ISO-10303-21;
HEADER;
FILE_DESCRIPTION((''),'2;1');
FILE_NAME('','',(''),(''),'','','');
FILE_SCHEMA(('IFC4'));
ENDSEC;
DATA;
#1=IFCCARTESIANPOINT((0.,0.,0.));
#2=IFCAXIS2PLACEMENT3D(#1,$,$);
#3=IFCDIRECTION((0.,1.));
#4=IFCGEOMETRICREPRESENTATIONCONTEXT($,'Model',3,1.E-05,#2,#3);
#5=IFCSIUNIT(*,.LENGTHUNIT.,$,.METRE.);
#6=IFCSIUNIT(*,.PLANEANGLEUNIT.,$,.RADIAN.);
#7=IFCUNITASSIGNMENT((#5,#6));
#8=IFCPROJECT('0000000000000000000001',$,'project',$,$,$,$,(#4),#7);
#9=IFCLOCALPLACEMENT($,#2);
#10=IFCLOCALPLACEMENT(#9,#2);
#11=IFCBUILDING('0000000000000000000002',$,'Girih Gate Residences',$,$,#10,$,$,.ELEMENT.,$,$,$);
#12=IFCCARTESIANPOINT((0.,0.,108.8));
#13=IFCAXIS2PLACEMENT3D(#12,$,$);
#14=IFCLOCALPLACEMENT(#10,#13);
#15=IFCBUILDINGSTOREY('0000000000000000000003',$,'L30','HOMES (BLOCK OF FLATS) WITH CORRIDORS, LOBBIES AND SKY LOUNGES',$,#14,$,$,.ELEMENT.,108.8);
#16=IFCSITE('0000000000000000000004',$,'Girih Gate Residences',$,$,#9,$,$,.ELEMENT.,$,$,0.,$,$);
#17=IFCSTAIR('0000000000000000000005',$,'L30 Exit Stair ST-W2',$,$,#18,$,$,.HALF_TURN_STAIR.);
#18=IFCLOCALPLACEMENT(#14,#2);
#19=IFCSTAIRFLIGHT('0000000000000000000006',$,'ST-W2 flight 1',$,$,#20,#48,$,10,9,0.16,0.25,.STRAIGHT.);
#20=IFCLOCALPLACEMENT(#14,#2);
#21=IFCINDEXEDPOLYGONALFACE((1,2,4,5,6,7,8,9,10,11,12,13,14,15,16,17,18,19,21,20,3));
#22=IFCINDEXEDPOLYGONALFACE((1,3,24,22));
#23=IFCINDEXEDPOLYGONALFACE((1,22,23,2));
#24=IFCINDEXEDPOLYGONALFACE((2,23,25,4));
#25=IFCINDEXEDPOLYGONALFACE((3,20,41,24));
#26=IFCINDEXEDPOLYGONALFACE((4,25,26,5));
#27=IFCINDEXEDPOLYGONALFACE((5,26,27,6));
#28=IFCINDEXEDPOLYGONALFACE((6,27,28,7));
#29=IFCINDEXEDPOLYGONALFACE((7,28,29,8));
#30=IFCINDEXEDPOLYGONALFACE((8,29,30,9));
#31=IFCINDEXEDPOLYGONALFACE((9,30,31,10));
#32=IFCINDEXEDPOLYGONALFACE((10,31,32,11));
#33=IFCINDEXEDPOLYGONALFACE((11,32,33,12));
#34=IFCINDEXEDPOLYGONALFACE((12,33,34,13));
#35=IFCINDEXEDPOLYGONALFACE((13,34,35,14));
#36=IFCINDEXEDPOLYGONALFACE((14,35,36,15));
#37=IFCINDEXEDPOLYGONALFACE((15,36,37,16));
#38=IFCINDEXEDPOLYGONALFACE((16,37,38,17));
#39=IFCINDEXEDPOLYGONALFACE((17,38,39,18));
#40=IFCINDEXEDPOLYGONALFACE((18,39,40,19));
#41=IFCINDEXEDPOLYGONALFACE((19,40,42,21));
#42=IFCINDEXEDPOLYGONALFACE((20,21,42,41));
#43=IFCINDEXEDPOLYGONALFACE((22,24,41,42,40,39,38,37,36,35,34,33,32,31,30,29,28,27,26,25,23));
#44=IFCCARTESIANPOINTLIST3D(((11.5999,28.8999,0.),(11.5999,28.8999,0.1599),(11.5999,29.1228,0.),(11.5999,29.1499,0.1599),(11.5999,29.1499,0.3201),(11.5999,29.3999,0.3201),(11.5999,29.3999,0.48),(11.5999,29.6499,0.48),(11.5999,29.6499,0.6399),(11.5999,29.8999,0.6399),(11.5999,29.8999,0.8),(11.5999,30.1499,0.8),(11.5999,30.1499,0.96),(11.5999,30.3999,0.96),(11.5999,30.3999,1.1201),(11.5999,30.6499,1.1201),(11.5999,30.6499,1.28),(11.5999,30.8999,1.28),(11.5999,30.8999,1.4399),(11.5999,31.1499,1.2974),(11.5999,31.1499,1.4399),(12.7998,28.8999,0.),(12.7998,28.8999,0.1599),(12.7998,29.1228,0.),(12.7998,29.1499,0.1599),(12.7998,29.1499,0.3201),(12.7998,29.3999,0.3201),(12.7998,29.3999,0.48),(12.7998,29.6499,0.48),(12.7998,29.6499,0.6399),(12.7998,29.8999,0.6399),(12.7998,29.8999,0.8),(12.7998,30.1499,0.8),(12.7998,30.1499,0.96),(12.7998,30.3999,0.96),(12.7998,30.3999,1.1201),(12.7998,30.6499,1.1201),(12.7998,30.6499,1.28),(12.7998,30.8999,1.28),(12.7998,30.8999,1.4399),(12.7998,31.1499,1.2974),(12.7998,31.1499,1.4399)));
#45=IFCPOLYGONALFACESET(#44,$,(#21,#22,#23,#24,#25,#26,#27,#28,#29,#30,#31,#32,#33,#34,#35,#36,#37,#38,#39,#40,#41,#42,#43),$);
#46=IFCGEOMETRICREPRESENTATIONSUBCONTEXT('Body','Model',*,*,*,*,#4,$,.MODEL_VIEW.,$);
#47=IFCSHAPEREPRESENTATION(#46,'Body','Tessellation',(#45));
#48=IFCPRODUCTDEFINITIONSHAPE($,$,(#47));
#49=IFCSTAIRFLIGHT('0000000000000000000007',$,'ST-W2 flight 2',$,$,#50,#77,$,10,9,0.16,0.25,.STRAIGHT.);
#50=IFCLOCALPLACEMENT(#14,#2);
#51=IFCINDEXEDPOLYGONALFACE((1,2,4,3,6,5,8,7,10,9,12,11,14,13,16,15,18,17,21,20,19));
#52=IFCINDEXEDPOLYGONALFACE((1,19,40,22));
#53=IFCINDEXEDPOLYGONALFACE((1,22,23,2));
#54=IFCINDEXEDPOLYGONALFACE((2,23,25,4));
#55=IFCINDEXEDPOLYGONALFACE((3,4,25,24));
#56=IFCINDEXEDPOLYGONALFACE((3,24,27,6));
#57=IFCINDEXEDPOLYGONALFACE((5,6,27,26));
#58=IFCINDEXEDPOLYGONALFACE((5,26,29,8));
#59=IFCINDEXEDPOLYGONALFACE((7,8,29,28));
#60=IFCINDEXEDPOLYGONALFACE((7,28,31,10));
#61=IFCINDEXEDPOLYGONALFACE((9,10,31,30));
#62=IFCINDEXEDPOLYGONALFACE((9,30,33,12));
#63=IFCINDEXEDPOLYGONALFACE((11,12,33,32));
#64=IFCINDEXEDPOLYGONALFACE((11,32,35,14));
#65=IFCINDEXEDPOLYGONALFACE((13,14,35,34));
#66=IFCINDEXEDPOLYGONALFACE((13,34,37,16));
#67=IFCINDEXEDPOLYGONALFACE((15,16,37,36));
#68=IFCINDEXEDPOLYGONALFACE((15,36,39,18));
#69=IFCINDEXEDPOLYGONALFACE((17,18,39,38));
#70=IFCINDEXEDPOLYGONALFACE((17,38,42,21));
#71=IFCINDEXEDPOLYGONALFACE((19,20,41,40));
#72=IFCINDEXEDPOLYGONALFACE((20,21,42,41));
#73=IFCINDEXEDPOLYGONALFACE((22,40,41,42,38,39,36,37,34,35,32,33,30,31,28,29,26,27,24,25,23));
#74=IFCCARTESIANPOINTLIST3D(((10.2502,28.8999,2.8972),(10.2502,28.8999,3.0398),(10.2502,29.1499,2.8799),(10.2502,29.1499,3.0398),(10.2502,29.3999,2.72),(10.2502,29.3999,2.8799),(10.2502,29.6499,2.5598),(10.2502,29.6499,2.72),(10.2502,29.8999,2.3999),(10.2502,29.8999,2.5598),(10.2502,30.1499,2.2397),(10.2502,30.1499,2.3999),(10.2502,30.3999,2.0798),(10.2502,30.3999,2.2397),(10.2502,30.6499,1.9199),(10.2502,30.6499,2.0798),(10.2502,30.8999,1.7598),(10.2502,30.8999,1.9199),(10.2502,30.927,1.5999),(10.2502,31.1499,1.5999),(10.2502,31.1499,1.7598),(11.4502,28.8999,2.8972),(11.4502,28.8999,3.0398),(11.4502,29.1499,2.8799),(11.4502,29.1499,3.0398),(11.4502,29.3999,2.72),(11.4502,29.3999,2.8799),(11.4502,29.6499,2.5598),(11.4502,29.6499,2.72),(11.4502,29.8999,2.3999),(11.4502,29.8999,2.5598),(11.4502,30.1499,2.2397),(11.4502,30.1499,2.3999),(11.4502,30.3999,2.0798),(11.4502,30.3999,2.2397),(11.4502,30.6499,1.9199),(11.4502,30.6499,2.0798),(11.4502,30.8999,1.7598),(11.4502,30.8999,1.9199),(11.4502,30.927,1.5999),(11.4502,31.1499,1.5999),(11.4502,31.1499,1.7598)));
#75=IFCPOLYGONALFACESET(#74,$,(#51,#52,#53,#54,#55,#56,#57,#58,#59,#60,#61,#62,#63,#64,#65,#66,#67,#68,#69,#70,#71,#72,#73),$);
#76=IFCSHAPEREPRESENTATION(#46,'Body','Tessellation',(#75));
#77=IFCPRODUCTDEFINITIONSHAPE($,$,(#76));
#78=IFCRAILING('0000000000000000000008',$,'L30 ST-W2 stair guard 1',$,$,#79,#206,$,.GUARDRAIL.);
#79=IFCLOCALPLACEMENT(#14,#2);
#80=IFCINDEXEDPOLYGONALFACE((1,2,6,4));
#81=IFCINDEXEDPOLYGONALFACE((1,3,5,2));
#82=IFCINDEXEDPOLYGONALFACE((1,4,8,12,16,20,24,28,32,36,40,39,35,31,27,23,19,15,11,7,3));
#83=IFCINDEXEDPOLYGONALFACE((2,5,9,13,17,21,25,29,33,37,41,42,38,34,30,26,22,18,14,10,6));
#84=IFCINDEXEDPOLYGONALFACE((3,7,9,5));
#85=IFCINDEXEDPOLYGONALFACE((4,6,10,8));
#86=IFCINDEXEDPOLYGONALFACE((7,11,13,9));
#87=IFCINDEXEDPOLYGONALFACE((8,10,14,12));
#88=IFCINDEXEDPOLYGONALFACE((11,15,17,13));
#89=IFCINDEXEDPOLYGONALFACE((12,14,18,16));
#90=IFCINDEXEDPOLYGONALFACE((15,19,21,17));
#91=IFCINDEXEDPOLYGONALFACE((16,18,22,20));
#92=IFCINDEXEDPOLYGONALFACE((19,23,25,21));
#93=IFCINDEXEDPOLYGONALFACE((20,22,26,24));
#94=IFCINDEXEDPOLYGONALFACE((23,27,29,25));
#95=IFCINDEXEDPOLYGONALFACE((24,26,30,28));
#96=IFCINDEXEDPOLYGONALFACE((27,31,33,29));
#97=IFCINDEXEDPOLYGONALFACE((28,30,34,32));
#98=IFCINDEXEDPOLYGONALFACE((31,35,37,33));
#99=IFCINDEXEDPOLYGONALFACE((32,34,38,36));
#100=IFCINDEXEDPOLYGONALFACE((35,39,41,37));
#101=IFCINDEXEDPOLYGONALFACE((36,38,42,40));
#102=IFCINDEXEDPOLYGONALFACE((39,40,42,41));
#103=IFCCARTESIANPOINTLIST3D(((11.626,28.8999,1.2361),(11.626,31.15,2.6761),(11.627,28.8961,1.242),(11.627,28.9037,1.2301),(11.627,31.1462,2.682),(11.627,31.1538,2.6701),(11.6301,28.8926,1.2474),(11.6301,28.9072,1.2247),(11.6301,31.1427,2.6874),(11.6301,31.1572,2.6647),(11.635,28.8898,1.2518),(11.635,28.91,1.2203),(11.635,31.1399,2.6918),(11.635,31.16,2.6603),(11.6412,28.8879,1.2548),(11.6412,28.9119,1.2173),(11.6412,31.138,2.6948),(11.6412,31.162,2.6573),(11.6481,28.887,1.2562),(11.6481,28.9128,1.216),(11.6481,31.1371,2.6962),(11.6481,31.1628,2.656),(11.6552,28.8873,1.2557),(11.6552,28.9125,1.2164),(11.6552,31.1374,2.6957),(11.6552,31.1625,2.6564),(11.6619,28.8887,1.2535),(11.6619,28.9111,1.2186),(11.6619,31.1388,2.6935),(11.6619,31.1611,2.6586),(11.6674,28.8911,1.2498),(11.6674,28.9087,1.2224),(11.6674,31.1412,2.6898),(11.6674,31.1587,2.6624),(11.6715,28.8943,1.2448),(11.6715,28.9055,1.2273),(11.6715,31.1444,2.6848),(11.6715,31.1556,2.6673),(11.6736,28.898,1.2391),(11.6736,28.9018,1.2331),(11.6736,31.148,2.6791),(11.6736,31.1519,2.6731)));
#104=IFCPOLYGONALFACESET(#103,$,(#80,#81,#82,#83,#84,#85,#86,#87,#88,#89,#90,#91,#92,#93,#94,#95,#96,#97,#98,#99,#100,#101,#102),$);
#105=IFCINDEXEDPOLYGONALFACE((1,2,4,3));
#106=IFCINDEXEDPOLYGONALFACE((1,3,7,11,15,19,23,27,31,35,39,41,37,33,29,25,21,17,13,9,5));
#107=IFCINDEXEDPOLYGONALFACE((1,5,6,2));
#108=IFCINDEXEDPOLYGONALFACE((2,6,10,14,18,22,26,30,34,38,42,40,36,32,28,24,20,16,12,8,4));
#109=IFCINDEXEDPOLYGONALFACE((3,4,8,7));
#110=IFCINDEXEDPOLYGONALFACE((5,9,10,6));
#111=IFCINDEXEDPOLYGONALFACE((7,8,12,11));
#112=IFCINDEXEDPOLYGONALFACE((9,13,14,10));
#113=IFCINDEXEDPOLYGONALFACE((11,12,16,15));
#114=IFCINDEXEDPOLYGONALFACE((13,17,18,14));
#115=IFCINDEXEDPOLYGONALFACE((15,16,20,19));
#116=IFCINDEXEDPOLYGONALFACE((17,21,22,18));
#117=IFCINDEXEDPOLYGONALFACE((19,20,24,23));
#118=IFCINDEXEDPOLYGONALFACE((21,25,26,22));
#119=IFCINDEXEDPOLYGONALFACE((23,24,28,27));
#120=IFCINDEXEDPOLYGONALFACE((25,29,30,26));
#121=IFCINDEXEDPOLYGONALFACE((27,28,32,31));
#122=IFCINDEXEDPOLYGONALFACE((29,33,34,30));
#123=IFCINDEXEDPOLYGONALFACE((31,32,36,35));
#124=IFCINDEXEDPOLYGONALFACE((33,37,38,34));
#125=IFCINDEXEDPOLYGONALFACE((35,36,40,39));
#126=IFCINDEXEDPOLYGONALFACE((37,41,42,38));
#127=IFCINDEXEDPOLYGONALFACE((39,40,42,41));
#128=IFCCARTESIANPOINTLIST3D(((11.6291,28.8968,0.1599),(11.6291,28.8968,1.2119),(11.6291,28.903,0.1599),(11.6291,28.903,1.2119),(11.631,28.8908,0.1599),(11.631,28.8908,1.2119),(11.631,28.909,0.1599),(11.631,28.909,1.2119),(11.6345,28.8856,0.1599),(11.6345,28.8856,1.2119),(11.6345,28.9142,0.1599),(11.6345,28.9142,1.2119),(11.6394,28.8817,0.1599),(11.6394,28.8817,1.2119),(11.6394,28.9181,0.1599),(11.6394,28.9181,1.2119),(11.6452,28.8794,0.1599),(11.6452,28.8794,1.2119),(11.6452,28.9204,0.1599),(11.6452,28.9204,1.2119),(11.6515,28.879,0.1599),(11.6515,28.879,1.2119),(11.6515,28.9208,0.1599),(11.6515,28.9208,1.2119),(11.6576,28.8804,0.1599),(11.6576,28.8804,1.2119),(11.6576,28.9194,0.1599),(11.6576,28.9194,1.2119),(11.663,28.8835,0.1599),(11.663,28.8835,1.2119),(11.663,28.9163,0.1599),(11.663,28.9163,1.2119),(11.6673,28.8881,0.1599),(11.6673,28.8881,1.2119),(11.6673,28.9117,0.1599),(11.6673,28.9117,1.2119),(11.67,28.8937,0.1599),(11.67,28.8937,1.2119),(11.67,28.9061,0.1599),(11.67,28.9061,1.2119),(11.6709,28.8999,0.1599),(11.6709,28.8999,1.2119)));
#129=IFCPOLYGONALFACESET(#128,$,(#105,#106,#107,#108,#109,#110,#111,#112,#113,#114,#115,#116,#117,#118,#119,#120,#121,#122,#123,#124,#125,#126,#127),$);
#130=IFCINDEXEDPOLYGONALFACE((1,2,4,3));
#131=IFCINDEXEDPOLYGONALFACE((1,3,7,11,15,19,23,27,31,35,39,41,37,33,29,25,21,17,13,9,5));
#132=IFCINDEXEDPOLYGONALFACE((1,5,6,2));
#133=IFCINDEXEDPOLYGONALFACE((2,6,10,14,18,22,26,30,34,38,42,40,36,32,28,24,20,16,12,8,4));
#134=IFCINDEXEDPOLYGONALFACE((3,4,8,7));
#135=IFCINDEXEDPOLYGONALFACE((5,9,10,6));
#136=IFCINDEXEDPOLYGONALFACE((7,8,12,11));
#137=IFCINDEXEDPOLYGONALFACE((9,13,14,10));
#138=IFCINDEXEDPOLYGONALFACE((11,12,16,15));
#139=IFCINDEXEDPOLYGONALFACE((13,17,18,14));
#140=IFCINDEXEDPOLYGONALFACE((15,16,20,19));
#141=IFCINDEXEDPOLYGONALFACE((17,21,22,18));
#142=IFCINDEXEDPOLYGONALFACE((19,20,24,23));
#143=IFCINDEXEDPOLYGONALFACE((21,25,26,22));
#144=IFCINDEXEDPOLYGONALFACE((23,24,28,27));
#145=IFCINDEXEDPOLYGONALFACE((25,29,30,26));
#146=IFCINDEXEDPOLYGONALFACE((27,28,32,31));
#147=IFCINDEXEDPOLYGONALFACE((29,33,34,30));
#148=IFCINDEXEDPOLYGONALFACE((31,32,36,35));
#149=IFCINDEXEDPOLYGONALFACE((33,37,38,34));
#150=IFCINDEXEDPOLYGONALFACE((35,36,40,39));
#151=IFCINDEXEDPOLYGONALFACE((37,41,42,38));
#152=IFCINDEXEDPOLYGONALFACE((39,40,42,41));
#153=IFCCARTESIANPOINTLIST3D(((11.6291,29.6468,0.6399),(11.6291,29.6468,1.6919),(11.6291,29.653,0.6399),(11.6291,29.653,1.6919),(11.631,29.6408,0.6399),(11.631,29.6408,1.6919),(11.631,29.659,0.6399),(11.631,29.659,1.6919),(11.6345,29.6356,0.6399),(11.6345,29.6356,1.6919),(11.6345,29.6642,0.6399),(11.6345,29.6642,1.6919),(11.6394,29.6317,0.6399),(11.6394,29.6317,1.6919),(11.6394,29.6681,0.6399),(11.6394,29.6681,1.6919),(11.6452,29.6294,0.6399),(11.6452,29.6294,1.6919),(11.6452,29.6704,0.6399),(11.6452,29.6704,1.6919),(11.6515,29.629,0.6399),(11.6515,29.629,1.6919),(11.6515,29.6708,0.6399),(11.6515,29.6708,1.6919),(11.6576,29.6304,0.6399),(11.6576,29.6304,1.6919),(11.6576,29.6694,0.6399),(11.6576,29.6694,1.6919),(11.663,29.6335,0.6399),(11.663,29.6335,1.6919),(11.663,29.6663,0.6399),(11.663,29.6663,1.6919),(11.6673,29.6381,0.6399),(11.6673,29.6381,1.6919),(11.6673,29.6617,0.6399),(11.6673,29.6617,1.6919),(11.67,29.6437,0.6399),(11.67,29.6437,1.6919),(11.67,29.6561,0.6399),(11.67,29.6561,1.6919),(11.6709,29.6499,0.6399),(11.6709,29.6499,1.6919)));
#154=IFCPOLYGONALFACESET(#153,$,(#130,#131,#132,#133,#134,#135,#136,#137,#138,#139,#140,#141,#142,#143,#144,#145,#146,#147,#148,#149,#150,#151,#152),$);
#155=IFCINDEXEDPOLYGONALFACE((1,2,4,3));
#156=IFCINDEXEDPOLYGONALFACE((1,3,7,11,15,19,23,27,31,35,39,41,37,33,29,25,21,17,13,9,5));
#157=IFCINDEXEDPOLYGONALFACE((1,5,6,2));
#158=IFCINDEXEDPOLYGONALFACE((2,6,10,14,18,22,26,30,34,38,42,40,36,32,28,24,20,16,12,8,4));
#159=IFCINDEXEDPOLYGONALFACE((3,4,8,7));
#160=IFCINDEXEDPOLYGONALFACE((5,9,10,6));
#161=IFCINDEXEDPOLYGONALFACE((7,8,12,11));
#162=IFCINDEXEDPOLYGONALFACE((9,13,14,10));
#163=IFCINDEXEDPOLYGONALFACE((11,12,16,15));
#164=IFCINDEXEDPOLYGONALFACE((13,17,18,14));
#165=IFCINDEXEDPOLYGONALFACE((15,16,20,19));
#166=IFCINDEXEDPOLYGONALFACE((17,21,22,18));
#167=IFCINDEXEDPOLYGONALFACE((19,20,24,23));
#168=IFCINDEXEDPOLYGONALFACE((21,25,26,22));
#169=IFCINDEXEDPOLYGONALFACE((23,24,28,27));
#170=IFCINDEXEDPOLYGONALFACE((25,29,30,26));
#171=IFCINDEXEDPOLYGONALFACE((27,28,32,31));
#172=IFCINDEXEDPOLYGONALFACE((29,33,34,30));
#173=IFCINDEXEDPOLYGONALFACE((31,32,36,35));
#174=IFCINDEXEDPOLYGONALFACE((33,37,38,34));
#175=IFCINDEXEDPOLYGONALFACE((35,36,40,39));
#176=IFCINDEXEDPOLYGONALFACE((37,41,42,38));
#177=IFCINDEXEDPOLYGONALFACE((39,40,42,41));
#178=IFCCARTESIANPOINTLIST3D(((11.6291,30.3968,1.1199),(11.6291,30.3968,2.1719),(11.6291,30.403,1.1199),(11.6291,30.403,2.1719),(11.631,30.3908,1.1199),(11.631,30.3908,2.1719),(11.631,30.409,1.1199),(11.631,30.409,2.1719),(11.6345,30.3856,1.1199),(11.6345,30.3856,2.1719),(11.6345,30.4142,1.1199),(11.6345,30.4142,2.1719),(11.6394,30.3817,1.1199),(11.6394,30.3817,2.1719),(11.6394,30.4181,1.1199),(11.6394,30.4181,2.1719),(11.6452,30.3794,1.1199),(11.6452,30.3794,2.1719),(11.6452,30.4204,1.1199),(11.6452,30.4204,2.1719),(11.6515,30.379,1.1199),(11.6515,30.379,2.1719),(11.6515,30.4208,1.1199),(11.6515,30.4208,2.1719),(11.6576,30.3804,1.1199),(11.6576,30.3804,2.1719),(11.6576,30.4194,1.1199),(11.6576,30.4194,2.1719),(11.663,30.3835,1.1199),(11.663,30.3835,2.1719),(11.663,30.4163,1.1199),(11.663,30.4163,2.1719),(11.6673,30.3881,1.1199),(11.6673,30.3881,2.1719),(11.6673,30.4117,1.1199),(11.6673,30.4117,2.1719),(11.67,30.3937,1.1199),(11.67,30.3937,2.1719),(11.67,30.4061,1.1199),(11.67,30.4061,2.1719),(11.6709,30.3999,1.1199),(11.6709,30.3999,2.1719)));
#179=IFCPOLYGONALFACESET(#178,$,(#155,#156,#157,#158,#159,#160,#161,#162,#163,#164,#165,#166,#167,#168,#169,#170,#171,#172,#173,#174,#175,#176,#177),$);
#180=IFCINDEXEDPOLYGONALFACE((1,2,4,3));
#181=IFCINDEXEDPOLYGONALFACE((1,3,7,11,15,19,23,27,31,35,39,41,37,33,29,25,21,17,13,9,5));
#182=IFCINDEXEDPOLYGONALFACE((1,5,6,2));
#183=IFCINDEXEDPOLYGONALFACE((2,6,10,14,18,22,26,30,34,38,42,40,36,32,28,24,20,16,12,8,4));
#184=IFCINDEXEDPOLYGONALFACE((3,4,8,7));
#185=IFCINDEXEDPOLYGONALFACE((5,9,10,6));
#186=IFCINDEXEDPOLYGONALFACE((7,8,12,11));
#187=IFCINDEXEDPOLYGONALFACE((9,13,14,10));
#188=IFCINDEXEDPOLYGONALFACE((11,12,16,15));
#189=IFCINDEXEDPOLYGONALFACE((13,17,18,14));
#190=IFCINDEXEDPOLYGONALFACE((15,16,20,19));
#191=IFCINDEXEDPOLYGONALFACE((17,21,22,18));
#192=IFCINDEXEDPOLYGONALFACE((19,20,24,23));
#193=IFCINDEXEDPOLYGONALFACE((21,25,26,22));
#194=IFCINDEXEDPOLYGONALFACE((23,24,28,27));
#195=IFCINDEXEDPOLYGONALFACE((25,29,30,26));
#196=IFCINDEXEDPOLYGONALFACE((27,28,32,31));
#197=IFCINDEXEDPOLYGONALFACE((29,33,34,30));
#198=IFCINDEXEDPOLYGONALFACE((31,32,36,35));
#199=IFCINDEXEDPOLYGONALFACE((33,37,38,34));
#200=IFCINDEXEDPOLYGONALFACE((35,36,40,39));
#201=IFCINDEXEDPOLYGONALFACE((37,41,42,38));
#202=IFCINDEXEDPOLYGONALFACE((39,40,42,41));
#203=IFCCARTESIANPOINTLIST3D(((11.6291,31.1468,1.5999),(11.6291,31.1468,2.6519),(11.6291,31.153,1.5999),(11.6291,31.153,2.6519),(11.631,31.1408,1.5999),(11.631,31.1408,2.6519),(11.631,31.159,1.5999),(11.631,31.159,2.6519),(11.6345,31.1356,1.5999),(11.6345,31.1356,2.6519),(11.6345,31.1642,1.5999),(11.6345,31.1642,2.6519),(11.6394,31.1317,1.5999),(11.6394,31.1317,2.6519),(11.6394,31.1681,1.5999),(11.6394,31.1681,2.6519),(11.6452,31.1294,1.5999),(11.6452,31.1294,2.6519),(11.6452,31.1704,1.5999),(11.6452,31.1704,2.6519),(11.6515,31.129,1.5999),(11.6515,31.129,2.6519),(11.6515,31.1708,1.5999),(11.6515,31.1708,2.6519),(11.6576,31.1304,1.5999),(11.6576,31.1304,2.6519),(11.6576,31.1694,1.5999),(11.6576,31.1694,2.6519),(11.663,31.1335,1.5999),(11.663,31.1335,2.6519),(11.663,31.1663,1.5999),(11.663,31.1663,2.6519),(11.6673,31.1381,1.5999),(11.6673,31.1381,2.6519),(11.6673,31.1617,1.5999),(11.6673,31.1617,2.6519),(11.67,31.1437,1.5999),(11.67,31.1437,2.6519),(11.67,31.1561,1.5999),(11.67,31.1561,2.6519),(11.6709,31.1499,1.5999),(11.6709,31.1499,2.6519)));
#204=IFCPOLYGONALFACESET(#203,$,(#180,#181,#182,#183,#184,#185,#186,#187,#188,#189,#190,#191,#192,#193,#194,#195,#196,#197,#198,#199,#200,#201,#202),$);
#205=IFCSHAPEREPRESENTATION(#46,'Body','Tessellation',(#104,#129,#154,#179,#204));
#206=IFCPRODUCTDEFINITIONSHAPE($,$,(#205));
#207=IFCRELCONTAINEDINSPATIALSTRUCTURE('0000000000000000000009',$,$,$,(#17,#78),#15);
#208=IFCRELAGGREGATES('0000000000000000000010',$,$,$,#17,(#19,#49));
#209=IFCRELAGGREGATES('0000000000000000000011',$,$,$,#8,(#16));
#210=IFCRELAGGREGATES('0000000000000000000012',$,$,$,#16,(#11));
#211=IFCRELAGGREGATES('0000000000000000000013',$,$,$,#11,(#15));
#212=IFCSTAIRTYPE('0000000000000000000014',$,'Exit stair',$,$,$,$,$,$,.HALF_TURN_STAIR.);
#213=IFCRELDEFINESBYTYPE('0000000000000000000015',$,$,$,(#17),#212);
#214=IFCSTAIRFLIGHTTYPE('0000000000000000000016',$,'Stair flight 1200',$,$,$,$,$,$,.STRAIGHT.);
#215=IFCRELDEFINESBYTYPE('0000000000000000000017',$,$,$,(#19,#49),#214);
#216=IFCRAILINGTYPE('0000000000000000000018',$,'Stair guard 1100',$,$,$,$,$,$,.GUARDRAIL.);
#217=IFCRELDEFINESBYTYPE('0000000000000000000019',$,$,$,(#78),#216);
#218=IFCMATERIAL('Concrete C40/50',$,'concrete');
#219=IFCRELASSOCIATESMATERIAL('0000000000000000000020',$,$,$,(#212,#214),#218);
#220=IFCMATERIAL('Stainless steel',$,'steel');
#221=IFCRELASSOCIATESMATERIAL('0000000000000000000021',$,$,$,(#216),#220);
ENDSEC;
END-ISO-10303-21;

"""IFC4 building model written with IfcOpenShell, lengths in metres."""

from ifc_helpers import new_model, si_unit, direction, frame, origin, origin_2d, place, context, subcontext, project, spatial, polyline, circle, outline, extrude, material, type_object, element, aggregate, save


model = new_model("IFC4")

# Units and contexts
model_context = context("Model", 3, precision=1e-05, world=origin(), true_north=direction((0.0, 1.0)))
body_context = subcontext(model_context, "Body", "Model", "MODEL_VIEW")
ifc_project = project(units=[si_unit("LENGTHUNIT", "METRE"), si_unit("PLANEANGLEUNIT", "RADIAN")], contexts=[model_context])

# Site, building, storey
site_placement = place(None, origin())
site = spatial("IfcSite", under=ifc_project, at=site_placement, Name="Girih Gate Residences", CompositionType="ELEMENT", RefElevation=0.0)
building_placement = place(site_placement, origin())
building = spatial("IfcBuilding", under=site, at=building_placement, Name="Girih Gate Residences", CompositionType="ELEMENT")
storey_placement = place(building_placement, frame((0.0, 0.0, 108.8)))
storey = spatial("IfcBuildingStorey", under=building, at=storey_placement, Name="L30", Description="HOMES (BLOCK OF FLATS) WITH CORRIDORS, LOBBIES AND SKY LOUNGES", CompositionType="ELEMENT", Elevation=108.8)

# Shared definitions
ifc_material_1 = material(Name="Concrete C40/50", Category="concrete")

# Stair, stair flights
stair_type = type_object("IfcStairType", Name="Exit stair", PredefinedType="HALF_TURN_STAIR", material=ifc_material_1)
stair_placement = place(storey_placement, origin())
stair = element("IfcStair", 1, at=stair_placement, inside=storey, type_object=stair_type, Name="L30 Exit Stair ST-W2", PredefinedType="HALF_TURN_STAIR")
stair_flight_type = type_object("IfcStairFlightType", Name="Stair flight 1200", PredefinedType="STRAIGHT", material=ifc_material_1)
stair_flight_1_placement = place(storey_placement, frame((12.2, 28.8999, 0.0), z_axis=(0.0, 0.0, 1.0), x_axis=(0.0, 1.0, 0.0)))
stair_flight_1 = element("IfcStairFlight", 2, at=stair_flight_1_placement, type_object=stair_flight_type, Name="ST-W2 flight 1", NumberOfRisers=10, NumberOfTreads=9, PredefinedType="STRAIGHT", RiserHeight=0.16, TreadLength=0.25, context=body_context, shape_type="SweptSolid", body=[
    extrude(outline(polyline([(0.0, 0.0), (0.0, 0.1599), (0.25, 0.1599), (0.25, 0.3201), (0.5, 0.3201), (0.5, 0.48), (0.75, 0.48), (0.75, 0.6399), (1.0, 0.6399), (1.0, 0.8), (1.25, 0.8), (1.25, 0.96), (1.5, 0.96), (1.5, 1.1201), (1.75, 1.1201), (1.75, 1.28), (2.0, 1.28), (2.0, 1.4399), (2.25, 1.4399), (2.25, 1.6001), (2.25, 1.2974), (0.2229, 0.0), (0.0, 0.0)])), frame((0.0, 0.6001, 0.0), z_axis=(0.0, -1.0, 0.0), x_axis=(1.0, 0.0, 0.0)), (0.0, 0.0, 1.0), 1.2),
])
stair_flight_2_placement = place(storey_placement, frame((10.8501, 31.1499, 1.5999), z_axis=(0.0, 0.0, 1.0), x_axis=(0.0, -1.0, 0.0)))
stair_flight_2 = element("IfcStairFlight", 3, at=stair_flight_2_placement, type_object=stair_flight_type, Name="ST-W2 flight 2", NumberOfRisers=10, NumberOfTreads=9, PredefinedType="STRAIGHT", RiserHeight=0.16, TreadLength=0.25, context=body_context, shape_type="SweptSolid", body=[
    extrude(outline(polyline([(0.0, 0.0), (0.0, 0.1599), (0.25, 0.1599), (0.25, 0.3201), (0.5, 0.3201), (0.5, 0.48), (0.75, 0.48), (0.75, 0.6399), (1.0, 0.6399), (1.0, 0.8), (1.25, 0.8), (1.25, 0.96), (1.5, 0.96), (1.5, 1.1201), (1.75, 1.1201), (1.75, 1.28), (2.0, 1.28), (2.0, 1.4399), (2.25, 1.4399), (2.25, 1.6001), (2.25, 1.2974), (0.2229, 0.0), (0.0, 0.0)])), frame((0.0, 0.6001, 0.0), z_axis=(0.0, -1.0, 0.0), x_axis=(1.0, 0.0, 0.0)), (0.0, 0.0, 1.0), 1.2),
])
aggregate(stair, [stair_flight_1, stair_flight_2])

# Railing
ifc_material_2 = material(Name="Stainless steel", Category="steel")
railing_type_1 = type_object("IfcRailingType", Name="Stair guard 1100", PredefinedType="GUARDRAIL", material=ifc_material_2)
railing_1_placement = place(storey_placement, frame((11.6499, 28.8999, 0.1599)))
element("IfcRailing", 4, at=railing_1_placement, inside=storey, type_object=railing_type_1, Name="L30 ST-W2 stair guard 1", PredefinedType="GUARDRAIL", context=body_context, shape_type="SweptSolid", body=[
    extrude(circle(Radius=0.0239, at=origin_2d()), frame((0.0, 0.0, 1.0762), z_axis=(0.0, 0.842281, 0.539038), x_axis=(-1.0, 0.0, 0.0)), (0.0, 0.0, 1.0), 2.6714),
    extrude(circle(Radius=0.021, at=origin_2d()), origin(), (0.0, 0.0, 1.0), 1.052),
    extrude(circle(Radius=0.021, at=origin_2d()), frame((0.0, 0.75, 0.48)), (0.0, 0.0, 1.0), 1.052),
    extrude(circle(Radius=0.021, at=origin_2d()), frame((0.0, 1.5, 0.96)), (0.0, 0.0, 1.0), 1.052),
    extrude(circle(Radius=0.021, at=origin_2d()), frame((0.0, 2.25, 1.4399)), (0.0, 0.0, 1.0), 1.052),
])

save(model, "model.ifc")
